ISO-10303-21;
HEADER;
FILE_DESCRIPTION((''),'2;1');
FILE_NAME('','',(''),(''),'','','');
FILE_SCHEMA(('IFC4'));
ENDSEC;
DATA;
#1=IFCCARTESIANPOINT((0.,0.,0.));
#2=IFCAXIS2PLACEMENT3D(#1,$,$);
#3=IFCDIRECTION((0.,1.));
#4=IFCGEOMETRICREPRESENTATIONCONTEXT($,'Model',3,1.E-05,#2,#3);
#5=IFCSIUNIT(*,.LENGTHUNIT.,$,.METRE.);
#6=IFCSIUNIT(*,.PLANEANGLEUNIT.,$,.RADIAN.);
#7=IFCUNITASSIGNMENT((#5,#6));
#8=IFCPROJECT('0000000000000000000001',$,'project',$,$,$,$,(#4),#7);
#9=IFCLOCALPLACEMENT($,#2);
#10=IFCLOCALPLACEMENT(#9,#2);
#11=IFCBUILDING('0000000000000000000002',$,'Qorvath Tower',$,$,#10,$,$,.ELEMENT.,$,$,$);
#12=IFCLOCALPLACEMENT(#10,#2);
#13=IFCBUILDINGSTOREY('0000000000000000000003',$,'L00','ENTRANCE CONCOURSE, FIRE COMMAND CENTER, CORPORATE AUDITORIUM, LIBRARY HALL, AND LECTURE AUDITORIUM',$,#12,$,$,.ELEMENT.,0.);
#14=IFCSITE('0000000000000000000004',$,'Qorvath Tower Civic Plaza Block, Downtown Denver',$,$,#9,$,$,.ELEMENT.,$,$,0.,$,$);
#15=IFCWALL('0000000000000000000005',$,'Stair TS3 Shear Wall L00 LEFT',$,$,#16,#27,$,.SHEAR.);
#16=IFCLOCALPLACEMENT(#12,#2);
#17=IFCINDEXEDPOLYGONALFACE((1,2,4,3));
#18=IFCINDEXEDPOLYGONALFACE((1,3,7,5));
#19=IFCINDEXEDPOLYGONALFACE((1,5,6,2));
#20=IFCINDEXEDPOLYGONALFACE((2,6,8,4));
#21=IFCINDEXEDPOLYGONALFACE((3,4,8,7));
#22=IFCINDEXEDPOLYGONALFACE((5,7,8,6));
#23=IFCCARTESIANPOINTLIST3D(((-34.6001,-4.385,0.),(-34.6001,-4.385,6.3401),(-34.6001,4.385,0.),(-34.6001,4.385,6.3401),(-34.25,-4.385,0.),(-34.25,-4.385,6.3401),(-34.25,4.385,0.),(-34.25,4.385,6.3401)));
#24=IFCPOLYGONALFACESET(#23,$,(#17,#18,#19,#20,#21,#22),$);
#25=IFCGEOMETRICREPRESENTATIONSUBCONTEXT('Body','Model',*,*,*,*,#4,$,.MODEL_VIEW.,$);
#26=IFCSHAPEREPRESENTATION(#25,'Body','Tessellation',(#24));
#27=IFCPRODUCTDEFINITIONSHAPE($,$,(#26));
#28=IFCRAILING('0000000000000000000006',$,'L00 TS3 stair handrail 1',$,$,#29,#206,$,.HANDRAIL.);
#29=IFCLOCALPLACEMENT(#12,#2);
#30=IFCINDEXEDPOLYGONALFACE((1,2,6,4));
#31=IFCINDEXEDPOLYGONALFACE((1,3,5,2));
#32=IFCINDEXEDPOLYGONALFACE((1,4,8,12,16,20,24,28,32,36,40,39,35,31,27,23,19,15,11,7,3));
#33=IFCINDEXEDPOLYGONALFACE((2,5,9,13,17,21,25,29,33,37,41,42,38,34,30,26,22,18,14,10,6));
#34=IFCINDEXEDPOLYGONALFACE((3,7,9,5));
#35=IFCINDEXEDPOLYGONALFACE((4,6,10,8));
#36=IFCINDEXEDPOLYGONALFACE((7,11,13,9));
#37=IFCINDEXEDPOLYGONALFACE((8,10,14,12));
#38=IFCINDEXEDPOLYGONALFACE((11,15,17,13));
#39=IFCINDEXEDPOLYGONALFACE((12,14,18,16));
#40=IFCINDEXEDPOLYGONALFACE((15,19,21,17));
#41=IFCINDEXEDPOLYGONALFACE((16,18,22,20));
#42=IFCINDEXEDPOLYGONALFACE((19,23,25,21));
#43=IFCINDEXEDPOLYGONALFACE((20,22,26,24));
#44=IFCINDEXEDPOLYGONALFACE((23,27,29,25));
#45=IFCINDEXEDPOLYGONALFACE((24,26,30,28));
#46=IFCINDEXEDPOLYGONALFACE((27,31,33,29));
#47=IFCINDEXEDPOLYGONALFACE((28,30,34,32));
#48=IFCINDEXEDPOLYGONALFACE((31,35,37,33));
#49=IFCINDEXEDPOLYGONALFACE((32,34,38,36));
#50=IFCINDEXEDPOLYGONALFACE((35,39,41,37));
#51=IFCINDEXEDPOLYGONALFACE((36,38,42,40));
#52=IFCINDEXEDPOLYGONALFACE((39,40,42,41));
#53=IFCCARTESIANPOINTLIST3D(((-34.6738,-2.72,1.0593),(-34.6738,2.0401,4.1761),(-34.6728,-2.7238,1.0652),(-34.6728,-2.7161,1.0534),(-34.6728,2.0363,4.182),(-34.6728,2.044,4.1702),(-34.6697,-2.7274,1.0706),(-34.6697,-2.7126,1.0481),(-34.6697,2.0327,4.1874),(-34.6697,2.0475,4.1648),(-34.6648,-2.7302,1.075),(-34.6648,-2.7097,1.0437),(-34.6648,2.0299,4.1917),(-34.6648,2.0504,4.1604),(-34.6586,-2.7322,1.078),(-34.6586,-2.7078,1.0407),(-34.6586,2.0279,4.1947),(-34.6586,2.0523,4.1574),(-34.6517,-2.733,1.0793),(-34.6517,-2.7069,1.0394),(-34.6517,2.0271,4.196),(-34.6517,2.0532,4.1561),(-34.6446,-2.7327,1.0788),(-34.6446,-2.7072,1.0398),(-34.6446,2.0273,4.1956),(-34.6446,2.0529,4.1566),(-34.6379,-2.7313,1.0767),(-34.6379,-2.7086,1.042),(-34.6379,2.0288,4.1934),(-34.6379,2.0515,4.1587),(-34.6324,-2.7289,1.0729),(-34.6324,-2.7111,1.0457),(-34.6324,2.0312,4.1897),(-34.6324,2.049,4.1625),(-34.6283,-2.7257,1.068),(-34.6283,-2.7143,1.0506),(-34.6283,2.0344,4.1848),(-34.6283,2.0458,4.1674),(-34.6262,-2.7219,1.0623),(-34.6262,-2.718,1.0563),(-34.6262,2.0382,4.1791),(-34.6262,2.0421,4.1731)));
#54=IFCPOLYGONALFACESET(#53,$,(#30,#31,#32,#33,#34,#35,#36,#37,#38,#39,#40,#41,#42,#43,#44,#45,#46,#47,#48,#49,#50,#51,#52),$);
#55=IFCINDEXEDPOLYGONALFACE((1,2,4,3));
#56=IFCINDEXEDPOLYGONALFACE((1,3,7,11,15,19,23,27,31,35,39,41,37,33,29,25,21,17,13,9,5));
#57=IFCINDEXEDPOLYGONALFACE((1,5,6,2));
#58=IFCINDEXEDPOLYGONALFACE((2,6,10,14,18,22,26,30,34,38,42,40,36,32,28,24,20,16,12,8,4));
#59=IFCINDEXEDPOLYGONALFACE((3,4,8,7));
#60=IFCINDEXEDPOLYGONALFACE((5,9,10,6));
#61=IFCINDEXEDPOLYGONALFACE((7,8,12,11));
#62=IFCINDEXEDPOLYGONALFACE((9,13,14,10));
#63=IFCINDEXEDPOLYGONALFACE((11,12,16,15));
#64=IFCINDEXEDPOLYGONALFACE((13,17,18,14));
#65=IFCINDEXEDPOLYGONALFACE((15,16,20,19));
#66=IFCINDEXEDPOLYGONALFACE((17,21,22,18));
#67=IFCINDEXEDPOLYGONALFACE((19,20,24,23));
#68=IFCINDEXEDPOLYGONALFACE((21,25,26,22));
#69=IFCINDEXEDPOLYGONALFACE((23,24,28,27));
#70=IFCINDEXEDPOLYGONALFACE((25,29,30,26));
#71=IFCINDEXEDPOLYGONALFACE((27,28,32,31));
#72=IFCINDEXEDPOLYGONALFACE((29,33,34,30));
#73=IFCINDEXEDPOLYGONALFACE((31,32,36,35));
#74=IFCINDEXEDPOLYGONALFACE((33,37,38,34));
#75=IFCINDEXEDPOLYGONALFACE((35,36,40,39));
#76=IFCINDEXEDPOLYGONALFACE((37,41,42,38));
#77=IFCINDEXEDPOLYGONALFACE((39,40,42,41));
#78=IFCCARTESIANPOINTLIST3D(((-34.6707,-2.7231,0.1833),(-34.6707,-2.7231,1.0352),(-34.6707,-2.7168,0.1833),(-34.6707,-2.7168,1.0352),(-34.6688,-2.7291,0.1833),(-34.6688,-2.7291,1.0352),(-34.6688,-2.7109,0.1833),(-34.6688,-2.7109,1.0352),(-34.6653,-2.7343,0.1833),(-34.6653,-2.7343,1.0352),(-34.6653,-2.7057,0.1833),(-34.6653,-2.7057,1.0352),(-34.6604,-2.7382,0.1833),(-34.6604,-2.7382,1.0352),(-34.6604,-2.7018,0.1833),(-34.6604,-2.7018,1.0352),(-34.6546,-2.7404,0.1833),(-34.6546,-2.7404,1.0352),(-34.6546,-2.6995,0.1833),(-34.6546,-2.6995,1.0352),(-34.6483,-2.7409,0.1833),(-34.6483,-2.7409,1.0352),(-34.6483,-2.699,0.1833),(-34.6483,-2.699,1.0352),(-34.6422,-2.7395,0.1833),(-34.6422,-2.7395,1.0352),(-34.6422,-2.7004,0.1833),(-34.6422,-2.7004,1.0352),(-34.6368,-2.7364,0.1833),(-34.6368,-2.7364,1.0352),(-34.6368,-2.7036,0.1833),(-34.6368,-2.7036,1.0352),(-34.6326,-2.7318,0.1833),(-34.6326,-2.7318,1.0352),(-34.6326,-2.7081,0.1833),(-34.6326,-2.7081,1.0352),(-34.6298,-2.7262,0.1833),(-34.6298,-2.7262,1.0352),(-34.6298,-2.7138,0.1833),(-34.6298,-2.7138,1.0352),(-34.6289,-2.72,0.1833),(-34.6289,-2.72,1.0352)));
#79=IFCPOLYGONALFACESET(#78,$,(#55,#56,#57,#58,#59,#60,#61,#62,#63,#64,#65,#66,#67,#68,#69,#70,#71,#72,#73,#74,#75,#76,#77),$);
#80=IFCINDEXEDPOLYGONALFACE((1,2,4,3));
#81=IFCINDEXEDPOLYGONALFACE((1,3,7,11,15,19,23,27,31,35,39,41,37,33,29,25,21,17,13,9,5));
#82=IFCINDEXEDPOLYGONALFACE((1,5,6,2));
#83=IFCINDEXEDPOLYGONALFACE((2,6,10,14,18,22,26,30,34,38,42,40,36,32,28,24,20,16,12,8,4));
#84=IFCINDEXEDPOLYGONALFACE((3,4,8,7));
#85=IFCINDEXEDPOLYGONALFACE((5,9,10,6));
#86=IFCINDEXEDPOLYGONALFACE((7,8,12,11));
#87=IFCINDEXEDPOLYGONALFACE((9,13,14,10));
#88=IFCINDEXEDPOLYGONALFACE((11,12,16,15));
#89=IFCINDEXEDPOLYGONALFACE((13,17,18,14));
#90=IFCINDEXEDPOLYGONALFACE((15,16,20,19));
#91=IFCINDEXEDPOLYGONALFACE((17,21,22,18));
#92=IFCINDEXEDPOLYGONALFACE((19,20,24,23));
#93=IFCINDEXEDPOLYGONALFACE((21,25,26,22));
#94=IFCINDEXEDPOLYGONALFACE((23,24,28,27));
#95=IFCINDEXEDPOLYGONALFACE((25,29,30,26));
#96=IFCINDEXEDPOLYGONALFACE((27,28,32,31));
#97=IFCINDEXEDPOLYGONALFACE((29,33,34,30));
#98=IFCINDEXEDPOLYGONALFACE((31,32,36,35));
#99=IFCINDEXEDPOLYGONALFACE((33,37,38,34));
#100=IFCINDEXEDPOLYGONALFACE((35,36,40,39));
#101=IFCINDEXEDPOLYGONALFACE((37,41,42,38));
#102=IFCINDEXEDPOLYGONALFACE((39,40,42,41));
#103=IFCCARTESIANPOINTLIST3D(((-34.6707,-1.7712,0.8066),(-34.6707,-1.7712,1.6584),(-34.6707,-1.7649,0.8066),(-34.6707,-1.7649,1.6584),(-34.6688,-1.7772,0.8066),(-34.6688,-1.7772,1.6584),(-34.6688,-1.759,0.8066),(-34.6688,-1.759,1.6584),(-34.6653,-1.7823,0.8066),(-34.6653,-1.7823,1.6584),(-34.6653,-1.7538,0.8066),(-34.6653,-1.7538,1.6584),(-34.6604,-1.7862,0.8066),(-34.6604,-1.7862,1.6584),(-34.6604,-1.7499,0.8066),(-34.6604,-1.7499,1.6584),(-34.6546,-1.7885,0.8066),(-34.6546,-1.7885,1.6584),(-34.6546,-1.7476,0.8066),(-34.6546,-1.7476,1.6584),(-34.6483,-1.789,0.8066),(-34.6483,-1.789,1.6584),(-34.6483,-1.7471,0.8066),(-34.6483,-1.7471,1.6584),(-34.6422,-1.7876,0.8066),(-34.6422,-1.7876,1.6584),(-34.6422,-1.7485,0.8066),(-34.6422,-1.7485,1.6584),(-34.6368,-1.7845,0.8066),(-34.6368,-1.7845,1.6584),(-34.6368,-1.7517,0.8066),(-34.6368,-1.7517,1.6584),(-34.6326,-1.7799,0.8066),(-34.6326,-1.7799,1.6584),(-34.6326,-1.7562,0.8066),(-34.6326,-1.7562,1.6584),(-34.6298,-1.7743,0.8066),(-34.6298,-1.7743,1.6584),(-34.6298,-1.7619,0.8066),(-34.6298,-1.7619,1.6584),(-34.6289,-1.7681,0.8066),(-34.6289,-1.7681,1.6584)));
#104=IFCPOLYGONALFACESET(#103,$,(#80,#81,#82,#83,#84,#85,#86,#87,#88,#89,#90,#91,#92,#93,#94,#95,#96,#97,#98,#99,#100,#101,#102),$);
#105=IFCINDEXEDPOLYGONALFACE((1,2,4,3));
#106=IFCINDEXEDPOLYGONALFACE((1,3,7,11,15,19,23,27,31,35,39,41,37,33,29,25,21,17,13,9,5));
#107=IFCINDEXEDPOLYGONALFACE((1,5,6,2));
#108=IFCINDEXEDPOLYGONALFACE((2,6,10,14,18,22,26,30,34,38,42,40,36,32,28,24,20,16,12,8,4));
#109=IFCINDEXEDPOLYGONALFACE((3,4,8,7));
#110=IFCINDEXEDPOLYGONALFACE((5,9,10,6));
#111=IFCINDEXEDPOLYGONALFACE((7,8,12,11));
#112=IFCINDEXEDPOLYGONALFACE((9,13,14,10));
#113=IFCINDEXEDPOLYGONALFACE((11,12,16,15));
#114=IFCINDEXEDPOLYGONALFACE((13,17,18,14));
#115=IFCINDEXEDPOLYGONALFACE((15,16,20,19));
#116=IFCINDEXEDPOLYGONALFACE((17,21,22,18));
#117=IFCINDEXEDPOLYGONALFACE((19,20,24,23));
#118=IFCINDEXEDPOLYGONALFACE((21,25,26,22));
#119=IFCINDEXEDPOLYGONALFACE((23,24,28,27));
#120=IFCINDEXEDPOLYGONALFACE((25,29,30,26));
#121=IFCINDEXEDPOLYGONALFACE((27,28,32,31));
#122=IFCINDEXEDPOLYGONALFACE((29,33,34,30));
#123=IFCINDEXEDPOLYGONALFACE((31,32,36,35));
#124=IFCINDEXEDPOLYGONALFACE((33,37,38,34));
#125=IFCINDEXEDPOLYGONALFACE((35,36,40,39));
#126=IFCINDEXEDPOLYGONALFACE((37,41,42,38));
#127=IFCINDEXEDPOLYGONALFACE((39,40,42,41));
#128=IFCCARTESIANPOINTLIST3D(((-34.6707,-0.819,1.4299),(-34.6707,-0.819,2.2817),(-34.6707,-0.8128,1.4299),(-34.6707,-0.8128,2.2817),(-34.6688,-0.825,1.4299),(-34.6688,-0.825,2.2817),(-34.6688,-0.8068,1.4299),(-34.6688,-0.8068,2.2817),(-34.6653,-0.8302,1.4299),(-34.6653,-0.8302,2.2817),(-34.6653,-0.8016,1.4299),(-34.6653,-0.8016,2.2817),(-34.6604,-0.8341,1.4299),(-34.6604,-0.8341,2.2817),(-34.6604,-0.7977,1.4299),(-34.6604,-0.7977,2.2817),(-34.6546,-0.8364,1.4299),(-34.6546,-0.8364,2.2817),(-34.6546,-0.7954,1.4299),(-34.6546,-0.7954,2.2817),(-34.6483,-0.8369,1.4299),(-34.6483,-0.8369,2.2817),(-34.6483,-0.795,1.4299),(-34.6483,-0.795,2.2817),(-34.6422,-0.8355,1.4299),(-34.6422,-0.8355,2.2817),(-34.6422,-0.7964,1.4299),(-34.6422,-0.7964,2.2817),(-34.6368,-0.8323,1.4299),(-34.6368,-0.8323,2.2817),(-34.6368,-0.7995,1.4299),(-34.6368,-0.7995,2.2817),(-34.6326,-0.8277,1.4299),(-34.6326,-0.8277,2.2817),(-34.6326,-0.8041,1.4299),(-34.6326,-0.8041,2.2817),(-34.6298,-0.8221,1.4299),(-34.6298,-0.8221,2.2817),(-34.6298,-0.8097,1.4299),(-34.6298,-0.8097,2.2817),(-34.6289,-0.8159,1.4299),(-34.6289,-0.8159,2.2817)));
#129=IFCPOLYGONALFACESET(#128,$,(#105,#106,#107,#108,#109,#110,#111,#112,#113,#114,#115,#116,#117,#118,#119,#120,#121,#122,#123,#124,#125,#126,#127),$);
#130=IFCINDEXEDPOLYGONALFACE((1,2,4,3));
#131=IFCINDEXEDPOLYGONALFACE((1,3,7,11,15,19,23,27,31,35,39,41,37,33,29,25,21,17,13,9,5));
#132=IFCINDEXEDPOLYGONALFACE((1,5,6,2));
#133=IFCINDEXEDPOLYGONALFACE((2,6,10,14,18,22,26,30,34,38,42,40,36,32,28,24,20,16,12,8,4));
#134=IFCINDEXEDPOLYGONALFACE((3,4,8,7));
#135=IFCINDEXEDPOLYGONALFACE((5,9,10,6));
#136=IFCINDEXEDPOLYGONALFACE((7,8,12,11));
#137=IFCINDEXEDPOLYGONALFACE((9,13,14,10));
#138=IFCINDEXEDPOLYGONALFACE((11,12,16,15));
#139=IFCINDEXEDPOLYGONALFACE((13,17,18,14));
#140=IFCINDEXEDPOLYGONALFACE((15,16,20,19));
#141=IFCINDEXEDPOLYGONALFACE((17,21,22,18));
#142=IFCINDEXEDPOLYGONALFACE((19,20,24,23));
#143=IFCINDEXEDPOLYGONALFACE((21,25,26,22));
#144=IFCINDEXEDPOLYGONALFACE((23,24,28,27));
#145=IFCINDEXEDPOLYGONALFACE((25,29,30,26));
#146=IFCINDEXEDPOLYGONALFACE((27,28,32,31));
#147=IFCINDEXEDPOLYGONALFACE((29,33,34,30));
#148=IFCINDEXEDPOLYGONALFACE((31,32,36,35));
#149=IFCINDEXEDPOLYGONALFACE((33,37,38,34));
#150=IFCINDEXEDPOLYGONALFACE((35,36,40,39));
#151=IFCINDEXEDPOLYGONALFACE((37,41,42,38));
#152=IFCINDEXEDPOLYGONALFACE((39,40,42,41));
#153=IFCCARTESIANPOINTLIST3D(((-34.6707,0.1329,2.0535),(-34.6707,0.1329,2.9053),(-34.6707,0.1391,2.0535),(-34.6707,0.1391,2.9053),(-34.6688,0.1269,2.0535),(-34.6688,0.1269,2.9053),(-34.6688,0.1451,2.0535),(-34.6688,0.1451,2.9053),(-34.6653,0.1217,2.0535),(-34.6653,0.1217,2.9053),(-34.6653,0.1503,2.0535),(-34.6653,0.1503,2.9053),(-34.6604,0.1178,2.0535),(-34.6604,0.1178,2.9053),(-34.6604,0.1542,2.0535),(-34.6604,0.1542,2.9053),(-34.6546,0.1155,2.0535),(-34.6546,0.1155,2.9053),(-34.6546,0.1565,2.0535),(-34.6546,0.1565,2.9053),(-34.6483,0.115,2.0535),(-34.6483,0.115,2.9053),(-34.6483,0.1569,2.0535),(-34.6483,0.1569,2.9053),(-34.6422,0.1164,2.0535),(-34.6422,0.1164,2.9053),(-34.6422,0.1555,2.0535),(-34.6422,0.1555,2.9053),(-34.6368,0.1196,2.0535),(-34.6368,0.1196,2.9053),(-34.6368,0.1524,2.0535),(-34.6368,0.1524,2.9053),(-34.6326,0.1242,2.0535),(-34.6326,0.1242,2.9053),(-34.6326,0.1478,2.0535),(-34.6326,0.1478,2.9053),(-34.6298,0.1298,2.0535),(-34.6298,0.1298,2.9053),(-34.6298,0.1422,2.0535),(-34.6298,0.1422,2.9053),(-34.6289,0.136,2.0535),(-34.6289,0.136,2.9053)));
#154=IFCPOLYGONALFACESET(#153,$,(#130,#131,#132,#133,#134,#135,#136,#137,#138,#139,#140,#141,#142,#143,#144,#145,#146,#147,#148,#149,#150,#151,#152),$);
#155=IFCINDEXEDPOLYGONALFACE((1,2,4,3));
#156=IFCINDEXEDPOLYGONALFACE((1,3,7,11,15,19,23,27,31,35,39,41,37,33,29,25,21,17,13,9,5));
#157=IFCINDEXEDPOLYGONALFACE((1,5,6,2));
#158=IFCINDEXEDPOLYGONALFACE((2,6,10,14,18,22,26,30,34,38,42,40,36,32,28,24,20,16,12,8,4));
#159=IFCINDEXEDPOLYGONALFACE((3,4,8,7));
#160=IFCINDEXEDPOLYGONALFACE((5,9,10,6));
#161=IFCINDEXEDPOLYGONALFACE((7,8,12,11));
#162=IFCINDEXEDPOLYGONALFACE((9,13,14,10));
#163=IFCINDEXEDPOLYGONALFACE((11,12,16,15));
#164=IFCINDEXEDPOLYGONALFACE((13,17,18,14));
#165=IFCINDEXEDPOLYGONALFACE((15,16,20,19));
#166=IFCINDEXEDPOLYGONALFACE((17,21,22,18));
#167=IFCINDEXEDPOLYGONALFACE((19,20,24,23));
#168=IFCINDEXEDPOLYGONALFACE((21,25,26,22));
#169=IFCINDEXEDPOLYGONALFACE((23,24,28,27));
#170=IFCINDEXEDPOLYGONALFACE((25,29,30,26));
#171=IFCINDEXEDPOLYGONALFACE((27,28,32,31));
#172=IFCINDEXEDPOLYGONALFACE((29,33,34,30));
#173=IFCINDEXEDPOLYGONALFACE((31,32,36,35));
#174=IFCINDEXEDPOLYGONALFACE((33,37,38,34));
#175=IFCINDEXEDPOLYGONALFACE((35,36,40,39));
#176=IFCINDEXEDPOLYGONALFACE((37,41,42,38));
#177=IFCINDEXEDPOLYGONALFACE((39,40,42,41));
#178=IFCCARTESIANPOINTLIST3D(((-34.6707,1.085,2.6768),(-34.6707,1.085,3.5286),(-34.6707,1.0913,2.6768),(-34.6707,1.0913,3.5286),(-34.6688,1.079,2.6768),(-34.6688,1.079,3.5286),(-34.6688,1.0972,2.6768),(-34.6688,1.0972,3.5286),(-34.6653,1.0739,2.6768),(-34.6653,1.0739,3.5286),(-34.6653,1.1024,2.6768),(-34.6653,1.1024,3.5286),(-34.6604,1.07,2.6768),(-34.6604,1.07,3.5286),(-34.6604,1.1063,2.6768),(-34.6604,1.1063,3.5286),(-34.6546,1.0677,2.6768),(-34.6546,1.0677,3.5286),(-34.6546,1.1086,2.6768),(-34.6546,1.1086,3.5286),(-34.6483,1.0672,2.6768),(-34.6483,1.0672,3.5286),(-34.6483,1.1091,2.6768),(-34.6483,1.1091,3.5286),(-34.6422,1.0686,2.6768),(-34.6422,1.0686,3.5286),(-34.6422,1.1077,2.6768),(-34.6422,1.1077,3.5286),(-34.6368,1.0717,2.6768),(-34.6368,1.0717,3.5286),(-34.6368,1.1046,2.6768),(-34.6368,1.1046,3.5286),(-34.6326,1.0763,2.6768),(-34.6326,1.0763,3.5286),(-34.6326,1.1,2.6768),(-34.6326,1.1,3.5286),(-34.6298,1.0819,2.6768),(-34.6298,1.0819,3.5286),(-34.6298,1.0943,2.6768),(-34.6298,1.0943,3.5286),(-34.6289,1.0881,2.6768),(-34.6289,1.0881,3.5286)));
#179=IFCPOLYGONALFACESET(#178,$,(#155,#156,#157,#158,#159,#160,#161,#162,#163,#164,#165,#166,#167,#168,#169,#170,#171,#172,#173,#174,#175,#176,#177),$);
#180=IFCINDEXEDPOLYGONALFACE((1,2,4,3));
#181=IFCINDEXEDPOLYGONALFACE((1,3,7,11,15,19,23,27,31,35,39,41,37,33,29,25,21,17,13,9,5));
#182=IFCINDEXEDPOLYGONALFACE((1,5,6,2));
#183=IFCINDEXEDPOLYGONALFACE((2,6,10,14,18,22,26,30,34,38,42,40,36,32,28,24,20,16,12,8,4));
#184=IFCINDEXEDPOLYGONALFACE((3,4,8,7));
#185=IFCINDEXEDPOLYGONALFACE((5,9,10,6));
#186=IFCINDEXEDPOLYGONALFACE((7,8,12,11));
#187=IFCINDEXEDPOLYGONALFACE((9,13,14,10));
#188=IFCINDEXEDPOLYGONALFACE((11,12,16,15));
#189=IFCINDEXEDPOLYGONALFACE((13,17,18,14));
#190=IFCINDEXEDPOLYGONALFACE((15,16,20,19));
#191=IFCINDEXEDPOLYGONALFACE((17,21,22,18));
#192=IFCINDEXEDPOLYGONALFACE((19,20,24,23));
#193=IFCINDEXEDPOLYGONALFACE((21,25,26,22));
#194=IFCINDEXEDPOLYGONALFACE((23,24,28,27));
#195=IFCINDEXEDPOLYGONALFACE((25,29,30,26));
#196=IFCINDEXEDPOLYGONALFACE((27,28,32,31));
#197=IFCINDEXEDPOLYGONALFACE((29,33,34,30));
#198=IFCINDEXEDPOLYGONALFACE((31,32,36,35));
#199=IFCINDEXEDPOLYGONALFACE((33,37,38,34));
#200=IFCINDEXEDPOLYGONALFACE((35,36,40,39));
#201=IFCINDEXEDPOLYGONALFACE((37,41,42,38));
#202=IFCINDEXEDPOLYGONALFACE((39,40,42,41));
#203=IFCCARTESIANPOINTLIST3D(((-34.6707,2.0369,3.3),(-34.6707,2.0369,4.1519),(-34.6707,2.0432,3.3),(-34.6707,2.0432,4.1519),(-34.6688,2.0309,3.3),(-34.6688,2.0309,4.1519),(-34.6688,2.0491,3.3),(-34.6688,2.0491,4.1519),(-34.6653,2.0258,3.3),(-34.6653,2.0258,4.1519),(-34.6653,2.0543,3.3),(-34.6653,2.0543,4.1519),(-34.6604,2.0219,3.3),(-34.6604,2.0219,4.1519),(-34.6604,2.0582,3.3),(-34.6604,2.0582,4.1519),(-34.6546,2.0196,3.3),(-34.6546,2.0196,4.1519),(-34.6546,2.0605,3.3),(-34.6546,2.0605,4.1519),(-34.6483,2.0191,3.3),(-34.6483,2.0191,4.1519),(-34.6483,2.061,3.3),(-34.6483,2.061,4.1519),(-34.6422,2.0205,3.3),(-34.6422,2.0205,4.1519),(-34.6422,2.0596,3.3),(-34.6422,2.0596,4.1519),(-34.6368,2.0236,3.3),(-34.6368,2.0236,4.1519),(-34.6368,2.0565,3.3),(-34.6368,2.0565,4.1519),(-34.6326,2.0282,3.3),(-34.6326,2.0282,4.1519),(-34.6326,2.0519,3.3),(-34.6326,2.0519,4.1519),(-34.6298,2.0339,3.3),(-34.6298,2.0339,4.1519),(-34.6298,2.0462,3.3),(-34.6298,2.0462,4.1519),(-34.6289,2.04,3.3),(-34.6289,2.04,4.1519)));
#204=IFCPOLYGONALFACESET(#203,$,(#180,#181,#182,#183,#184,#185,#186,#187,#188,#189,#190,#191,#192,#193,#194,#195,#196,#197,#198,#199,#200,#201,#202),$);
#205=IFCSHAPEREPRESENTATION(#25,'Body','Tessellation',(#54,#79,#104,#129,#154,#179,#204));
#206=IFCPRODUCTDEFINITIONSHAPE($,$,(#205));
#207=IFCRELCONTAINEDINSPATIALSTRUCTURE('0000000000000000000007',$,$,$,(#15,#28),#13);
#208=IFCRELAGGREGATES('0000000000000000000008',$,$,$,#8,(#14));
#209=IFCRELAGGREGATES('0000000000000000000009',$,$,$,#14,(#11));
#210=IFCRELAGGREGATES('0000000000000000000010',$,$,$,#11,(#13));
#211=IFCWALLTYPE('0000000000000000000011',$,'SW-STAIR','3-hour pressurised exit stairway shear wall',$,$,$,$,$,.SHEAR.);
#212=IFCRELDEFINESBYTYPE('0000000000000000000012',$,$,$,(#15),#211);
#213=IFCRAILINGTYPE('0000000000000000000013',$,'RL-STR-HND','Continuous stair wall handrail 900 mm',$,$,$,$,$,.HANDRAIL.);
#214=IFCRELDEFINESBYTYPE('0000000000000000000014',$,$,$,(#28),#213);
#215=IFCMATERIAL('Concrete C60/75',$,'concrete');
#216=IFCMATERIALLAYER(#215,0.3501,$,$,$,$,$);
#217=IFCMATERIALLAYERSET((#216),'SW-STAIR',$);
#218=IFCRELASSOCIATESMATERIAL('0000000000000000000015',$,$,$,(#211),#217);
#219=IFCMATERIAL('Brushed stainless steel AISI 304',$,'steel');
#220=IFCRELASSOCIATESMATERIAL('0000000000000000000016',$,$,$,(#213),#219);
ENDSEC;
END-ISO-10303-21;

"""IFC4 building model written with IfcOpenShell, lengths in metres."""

from ifc_helpers import new_model, si_unit, direction, frame, frame_2d, origin, origin_2d, place, context, subcontext, project, spatial, rectangle, circle, extrude, material, layer, layer_set, type_object, element, save


model = new_model("IFC4")

# Units and contexts
model_context = context("Model", 3, precision=1e-05, world=origin(), true_north=direction((0.0, 1.0)))
body_context = subcontext(model_context, "Body", "Model", "MODEL_VIEW")
ifc_project = project(units=[si_unit("LENGTHUNIT", "METRE"), si_unit("PLANEANGLEUNIT", "RADIAN")], contexts=[model_context])

# Site, building, storey
site_placement = place(None, origin())
site = spatial("IfcSite", under=ifc_project, at=site_placement, Name="Qorvath Tower Civic Plaza Block, Downtown Denver", CompositionType="ELEMENT", RefElevation=0.0)
building_placement = place(site_placement, origin())
building = spatial("IfcBuilding", under=site, at=building_placement, Name="Qorvath Tower", CompositionType="ELEMENT")
storey_placement = place(building_placement, origin())
storey = spatial("IfcBuildingStorey", under=building, at=storey_placement, Name="L00", Description="ENTRANCE CONCOURSE, FIRE COMMAND CENTER, CORPORATE AUDITORIUM, LIBRARY HALL, AND LECTURE AUDITORIUM", CompositionType="ELEMENT", Elevation=0.0)

# Shared definitions
ifc_material_1 = material(Name="Concrete C60/75", Category="concrete")
ifc_layer_1 = layer(ifc_material_1, 0.3501)
ifc_layer_set_1 = layer_set([ifc_layer_1], Name="SW-STAIR")
wall_type_1 = type_object("IfcWallType", Name="SW-STAIR", Description="3-hour pressurised exit stairway shear wall", PredefinedType="SHEAR", material=ifc_layer_set_1)

# Wall
wall_1_placement = place(storey_placement, frame((-34.425, -4.385, 0.0), z_axis=(0.0, 0.0, 1.0), x_axis=(0.0, 1.0, 0.0)))
element("IfcWall", 1, at=wall_1_placement, inside=storey, type_object=wall_type_1, Name="Stair TS3 Shear Wall L00 LEFT", PredefinedType="SHEAR", context=body_context, shape_type="SweptSolid", body=[
    extrude(rectangle(XDim=8.77, YDim=0.3501, at=frame_2d((4.385, 0.0))), origin(), (0.0, 0.0, 1.0), 6.3401),
])

# Railing
ifc_material_2 = material(Name="Brushed stainless steel AISI 304", Category="steel")
railing_type = type_object("IfcRailingType", Name="RL-STR-HND", Description="Continuous stair wall handrail 900 mm", PredefinedType="HANDRAIL", material=ifc_material_2)
railing_placement = place(storey_placement, frame((-34.6499, -2.72, 0.1833)))
element("IfcRailing", 2, at=railing_placement, inside=storey, type_object=railing_type, Name="L00 TS3 stair handrail 1", PredefinedType="HANDRAIL", context=body_context, shape_type="SweptSolid", body=[
    extrude(circle(Radius=0.0239, at=origin_2d()), frame((0.0, 0.0, 0.876), z_axis=(0.0, 0.836616, 0.547789), x_axis=(-1.0, 0.0, 0.0)), (0.0, 0.0, 1.0), 5.6897),
    extrude(circle(Radius=0.021, at=origin_2d()), origin(), (0.0, 0.0, 1.0), 0.8518),
    extrude(circle(Radius=0.021, at=origin_2d()), frame((0.0, 0.9519, 0.6233)), (0.0, 0.0, 1.0), 0.8518),
    extrude(circle(Radius=0.021, at=origin_2d()), frame((0.0, 1.9041, 1.2466)), (0.0, 0.0, 1.0), 0.8518),
    extrude(circle(Radius=0.021, at=origin_2d()), frame((0.0, 2.856, 1.8701)), (0.0, 0.0, 1.0), 0.8518),
    extrude(circle(Radius=0.021, at=origin_2d()), frame((0.0, 3.8081, 2.4934)), (0.0, 0.0, 1.0), 0.8518),
    extrude(circle(Radius=0.021, at=origin_2d()), frame((0.0, 4.76, 3.1167)), (0.0, 0.0, 1.0), 0.8518),
])

save(model, "model.ifc")
